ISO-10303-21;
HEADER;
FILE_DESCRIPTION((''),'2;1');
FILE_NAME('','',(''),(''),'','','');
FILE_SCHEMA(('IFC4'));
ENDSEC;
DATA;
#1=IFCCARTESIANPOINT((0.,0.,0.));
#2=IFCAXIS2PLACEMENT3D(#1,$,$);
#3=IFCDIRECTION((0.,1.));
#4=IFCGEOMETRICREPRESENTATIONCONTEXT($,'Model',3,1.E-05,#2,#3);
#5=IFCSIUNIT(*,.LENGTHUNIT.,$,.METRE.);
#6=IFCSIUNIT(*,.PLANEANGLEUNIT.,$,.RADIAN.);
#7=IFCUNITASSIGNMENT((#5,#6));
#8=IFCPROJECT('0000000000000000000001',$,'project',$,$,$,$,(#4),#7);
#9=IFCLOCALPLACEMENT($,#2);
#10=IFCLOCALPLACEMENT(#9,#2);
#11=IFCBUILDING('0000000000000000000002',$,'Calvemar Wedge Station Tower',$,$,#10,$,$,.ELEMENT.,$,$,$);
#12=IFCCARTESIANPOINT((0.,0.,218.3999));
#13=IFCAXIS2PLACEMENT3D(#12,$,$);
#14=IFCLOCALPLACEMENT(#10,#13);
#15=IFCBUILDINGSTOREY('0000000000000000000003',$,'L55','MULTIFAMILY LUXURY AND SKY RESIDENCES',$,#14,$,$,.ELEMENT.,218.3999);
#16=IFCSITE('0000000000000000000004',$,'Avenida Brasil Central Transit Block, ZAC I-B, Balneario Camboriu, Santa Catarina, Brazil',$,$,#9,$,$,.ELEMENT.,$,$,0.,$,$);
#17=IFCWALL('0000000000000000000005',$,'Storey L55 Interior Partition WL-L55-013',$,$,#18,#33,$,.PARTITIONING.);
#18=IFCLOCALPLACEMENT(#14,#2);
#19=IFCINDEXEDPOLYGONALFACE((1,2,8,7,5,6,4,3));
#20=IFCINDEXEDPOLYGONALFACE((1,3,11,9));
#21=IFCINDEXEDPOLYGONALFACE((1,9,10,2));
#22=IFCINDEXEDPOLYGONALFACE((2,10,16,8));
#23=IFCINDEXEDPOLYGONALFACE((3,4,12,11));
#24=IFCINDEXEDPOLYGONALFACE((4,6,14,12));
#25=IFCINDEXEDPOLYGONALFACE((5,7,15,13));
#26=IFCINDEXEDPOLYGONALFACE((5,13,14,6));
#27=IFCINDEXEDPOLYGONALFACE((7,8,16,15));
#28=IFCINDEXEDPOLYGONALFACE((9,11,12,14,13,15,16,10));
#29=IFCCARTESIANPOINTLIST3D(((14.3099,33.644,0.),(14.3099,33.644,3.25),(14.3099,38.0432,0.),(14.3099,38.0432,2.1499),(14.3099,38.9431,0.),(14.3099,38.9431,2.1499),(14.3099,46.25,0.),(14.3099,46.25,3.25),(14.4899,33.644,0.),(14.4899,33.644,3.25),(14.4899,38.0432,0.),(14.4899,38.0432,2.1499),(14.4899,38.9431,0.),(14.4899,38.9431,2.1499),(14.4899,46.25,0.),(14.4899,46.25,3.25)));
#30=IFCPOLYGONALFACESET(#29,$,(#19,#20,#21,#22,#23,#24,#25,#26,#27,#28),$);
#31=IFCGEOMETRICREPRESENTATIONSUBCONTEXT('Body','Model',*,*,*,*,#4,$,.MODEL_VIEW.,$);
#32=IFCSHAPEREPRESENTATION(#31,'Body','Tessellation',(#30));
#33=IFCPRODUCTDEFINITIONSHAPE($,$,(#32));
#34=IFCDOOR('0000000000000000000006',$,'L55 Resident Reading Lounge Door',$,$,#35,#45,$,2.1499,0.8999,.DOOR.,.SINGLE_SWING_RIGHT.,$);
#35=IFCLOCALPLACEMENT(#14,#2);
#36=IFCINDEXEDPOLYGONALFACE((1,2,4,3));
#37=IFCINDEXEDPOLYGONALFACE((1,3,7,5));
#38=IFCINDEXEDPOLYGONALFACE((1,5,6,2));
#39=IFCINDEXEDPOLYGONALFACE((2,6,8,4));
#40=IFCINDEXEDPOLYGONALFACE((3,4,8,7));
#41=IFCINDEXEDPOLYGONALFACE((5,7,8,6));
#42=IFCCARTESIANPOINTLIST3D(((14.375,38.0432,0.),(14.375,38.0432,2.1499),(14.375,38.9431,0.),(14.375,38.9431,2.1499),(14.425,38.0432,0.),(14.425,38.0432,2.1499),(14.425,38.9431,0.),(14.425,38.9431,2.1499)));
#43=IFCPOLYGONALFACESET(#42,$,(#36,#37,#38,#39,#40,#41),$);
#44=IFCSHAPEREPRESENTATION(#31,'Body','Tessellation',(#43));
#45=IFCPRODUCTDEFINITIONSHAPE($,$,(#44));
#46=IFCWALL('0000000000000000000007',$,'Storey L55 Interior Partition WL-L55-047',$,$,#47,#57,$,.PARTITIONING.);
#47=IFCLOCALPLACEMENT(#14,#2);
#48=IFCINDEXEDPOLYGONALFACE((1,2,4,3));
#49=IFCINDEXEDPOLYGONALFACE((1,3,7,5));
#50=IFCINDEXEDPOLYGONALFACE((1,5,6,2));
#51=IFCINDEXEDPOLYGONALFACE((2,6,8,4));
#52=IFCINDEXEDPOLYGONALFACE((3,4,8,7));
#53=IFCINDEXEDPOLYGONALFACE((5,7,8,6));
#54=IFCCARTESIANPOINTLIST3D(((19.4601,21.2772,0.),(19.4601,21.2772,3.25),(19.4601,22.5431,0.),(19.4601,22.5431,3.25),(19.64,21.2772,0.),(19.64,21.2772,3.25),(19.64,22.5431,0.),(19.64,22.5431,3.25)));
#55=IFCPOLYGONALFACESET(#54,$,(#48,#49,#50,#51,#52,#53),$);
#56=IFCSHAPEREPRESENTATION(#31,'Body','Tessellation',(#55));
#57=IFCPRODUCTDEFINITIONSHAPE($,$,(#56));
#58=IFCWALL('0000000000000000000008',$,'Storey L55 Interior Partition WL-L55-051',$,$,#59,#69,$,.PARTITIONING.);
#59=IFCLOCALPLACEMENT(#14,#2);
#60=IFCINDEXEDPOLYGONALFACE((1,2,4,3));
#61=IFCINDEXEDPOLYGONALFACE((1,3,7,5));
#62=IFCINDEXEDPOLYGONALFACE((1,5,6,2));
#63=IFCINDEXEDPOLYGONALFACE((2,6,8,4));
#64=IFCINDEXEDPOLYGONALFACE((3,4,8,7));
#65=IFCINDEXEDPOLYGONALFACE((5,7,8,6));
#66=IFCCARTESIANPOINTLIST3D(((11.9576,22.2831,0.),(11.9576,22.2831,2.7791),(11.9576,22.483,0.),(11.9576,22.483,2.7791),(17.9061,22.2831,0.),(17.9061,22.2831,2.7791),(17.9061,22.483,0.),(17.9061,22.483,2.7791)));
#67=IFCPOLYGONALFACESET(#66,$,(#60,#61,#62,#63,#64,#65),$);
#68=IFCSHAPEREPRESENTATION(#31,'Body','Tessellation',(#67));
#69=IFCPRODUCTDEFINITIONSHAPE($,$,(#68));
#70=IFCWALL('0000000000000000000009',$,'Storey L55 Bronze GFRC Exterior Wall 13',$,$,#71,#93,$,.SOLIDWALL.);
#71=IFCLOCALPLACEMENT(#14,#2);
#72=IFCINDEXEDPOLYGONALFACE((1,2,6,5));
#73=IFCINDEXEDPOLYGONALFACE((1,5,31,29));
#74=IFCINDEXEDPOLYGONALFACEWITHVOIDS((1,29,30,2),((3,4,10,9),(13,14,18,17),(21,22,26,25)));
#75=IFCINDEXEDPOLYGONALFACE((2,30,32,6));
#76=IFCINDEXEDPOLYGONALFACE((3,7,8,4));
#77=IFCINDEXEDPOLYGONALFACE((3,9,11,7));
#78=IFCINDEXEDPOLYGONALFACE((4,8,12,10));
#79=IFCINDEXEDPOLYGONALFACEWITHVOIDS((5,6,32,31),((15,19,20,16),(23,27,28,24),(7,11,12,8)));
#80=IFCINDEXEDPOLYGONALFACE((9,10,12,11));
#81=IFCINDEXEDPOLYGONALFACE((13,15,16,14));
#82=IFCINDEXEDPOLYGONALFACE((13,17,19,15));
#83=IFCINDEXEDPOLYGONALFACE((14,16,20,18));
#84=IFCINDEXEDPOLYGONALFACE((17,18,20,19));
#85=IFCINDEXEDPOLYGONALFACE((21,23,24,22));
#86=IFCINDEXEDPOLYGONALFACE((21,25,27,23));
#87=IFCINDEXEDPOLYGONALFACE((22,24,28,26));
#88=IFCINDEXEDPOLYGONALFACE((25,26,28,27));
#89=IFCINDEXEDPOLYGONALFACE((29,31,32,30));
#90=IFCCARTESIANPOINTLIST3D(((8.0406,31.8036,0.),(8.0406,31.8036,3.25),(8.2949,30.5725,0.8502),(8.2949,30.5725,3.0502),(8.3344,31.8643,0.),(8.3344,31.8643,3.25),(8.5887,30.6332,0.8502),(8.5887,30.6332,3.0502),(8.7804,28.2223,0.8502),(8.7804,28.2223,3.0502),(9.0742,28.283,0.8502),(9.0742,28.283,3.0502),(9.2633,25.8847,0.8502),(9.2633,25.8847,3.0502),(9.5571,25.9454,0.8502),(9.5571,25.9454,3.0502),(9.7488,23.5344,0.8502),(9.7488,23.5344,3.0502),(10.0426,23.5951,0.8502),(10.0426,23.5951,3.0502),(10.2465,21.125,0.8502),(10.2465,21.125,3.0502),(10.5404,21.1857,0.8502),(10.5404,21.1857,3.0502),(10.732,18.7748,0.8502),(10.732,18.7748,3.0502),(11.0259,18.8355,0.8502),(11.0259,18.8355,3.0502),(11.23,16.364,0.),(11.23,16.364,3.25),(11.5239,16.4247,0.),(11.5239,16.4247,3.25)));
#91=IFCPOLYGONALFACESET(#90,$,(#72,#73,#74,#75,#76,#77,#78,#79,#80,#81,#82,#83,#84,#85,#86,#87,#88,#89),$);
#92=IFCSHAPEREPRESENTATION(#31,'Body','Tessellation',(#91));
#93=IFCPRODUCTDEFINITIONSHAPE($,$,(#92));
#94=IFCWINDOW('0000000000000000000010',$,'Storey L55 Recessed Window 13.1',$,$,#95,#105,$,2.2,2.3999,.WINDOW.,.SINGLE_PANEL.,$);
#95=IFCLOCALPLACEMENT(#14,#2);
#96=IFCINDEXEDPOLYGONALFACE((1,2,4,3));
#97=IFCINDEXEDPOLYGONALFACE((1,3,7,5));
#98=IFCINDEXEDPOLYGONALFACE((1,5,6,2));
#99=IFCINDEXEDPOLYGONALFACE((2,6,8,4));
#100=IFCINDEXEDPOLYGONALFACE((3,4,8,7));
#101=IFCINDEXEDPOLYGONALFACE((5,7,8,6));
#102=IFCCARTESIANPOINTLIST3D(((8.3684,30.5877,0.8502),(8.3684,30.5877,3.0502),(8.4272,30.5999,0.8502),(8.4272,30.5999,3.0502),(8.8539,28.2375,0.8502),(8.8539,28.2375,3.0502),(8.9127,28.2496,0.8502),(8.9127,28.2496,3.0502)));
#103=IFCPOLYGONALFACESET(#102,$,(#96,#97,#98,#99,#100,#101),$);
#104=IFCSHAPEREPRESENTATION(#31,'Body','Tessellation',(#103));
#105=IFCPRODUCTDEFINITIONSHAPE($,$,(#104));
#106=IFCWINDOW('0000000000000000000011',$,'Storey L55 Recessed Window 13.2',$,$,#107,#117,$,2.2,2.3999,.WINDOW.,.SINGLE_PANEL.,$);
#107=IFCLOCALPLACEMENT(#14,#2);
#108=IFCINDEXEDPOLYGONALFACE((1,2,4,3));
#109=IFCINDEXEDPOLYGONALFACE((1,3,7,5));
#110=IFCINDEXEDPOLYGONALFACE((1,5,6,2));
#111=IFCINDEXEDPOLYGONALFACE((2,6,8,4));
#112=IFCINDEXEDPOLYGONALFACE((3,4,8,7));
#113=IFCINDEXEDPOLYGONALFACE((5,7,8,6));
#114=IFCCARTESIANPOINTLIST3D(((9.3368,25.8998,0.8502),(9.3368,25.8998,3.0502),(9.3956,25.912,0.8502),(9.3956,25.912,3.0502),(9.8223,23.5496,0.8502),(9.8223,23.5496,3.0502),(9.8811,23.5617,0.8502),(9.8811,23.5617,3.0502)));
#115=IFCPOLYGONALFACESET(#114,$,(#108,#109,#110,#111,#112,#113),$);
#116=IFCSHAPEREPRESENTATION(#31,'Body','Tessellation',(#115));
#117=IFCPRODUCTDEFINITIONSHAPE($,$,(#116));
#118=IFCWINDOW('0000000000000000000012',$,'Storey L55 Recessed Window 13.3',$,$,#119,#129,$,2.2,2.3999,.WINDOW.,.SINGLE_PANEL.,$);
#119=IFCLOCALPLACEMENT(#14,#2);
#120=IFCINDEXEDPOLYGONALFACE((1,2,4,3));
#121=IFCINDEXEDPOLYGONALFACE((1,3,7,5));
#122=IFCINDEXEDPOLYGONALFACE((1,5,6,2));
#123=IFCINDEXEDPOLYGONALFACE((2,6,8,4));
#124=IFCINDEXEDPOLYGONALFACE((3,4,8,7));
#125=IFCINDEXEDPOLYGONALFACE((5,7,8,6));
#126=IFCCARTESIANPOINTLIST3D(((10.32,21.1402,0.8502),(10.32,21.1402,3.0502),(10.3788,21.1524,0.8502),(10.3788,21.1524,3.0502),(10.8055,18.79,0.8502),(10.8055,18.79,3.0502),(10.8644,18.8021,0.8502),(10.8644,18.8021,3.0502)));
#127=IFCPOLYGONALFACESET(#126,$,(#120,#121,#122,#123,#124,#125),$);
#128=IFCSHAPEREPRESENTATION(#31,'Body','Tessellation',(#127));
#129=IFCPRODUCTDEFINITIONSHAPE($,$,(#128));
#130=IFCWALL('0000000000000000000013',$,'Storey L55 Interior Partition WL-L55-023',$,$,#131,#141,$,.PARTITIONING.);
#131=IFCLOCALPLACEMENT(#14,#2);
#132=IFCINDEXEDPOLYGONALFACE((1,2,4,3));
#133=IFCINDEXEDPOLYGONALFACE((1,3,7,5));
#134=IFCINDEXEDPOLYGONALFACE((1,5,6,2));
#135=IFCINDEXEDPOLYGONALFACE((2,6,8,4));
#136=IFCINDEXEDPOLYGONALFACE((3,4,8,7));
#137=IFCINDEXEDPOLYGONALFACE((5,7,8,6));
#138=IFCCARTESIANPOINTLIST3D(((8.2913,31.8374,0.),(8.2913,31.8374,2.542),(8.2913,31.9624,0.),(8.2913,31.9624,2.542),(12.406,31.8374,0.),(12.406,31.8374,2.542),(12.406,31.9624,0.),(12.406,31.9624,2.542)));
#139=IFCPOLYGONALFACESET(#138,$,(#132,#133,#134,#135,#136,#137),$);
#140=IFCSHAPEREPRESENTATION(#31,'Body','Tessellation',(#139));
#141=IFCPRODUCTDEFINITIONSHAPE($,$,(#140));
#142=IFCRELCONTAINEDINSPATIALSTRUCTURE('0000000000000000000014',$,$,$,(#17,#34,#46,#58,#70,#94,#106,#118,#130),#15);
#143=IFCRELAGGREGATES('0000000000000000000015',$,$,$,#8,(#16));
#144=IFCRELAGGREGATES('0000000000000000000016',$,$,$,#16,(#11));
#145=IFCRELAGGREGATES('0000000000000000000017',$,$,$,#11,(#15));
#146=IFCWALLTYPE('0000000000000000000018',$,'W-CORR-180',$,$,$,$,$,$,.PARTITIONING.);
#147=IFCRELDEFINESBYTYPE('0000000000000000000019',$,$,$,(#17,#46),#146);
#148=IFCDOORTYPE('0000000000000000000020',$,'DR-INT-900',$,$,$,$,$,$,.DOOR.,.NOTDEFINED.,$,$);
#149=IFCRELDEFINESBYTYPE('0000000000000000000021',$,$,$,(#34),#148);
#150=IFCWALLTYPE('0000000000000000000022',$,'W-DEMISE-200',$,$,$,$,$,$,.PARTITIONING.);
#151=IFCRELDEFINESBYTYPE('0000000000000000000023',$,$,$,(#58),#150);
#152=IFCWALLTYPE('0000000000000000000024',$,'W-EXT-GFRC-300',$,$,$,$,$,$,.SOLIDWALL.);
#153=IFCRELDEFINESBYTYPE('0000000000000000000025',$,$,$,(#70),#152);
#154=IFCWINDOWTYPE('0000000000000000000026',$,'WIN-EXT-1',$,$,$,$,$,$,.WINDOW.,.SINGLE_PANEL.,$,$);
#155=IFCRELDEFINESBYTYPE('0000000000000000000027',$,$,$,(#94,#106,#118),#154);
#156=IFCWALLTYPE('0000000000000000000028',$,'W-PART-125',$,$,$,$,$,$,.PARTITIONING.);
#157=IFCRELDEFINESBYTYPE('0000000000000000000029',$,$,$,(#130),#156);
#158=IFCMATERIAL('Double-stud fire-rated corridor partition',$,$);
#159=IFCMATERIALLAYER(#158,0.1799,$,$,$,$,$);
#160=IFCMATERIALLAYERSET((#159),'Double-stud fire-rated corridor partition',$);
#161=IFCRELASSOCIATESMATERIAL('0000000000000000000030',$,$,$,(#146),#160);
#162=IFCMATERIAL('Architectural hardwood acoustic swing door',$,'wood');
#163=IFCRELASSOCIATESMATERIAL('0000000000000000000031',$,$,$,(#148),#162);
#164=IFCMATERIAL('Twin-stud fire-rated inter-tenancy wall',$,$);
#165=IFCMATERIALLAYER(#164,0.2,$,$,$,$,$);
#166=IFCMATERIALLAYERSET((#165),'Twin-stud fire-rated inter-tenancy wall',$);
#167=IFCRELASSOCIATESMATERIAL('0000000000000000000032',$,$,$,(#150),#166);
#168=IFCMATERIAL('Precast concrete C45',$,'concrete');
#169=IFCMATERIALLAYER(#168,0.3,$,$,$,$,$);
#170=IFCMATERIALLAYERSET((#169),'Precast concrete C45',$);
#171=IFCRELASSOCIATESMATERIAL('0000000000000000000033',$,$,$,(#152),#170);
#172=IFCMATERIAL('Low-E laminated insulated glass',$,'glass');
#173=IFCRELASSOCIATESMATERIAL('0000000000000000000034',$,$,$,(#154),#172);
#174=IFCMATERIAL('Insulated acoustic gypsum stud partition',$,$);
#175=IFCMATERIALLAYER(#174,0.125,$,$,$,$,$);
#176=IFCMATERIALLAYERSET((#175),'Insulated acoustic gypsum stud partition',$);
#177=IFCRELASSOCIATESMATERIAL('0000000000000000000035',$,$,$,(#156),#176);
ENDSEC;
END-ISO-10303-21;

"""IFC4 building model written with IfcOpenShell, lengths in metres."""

from ifc_helpers import new_model, si_unit, direction, frame, frame_2d, origin, place, context, subcontext, project, spatial, rectangle, extrude, source, transform, mapped, material, layer, layer_set, type_object, element, fill, save


model = new_model("IFC4")

# Units and contexts
model_context = context("Model", 3, precision=1e-05, world=origin(), true_north=direction((0.0, 1.0)))
body_context = subcontext(model_context, "Body", "Model", "MODEL_VIEW")
ifc_project = project(units=[si_unit("LENGTHUNIT", "METRE"), si_unit("PLANEANGLEUNIT", "RADIAN")], contexts=[model_context])

# Site, building, storey
site_placement = place(None, origin())
site = spatial("IfcSite", under=ifc_project, at=site_placement, Name="Avenida Brasil Central Transit Block, ZAC I-B, Balneario Camboriu, Santa Catarina, Brazil", CompositionType="ELEMENT", RefElevation=0.0)
building_placement = place(site_placement, origin())
building = spatial("IfcBuilding", under=site, at=building_placement, Name="Calvemar Wedge Station Tower", CompositionType="ELEMENT")
storey_placement = place(building_placement, frame((0.0, 0.0, 218.3999)))
storey = spatial("IfcBuildingStorey", under=building, at=storey_placement, Name="L55", Description="MULTIFAMILY LUXURY AND SKY RESIDENCES", CompositionType="ELEMENT", Elevation=218.3999)

# Shared definitions
ifc_material_1 = material(Name="Double-stud fire-rated corridor partition")
ifc_layer_1 = layer(ifc_material_1, 0.1799)
ifc_layer_set_1 = layer_set([ifc_layer_1], Name="Double-stud fire-rated corridor partition")
wall_type_1 = type_object("IfcWallType", Name="W-CORR-180", PredefinedType="PARTITIONING", material=ifc_layer_set_1)

# Wall, opening, door
wall_1_placement = place(storey_placement, frame((14.3999, 33.644, 0.0), z_axis=(0.0, 0.0, 1.0), x_axis=(0.0, 1.0, 0.0)))
wall_1 = element("IfcWall", 1, at=wall_1_placement, inside=storey, type_object=wall_type_1, Name="Storey L55 Interior Partition WL-L55-013", PredefinedType="PARTITIONING", context=body_context, shape_type="SweptSolid", body=[
    extrude(rectangle(XDim=12.606, YDim=0.1799, at=frame_2d((6.303, 0.0))), origin(), (0.0, 0.0, 1.0), 3.25),
])
shared_shape_1 = source(origin(), body_context, "Body", "SweptSolid", [
    extrude(rectangle(XDim=0.8999, YDim=2.1499, at=frame_2d((0.45, 1.075))), frame((0.0, 0.1001, 0.0), z_axis=(0.0, -1.0, 0.0), x_axis=(1.0, 0.0, 0.0)), (0.0, 0.0, 1.0), 0.2),
])
opening_1_placement = place(wall_1_placement, frame((4.3992, 0.0, 0.0)))
opening_1 = element("IfcOpeningElement", 2, at=opening_1_placement, cuts=wall_1, PredefinedType="OPENING", context=body_context, shape_type="MappedRepresentation", body=[
    mapped(shared_shape_1, transform((0.0, 0.0, 0.0), scale=1.0)),
])
ifc_material_2 = material(Name="Architectural hardwood acoustic swing door", Category="wood")
door_type_1 = type_object("IfcDoorType", Name="DR-INT-900", OperationType="NOTDEFINED", PredefinedType="DOOR", material=ifc_material_2)
shared_shape_2 = source(origin(), body_context, "Body", "SweptSolid", [
    extrude(rectangle(XDim=0.8999, YDim=2.1499, at=frame_2d((0.45, 1.075))), frame((0.0, 0.0249, 0.0), z_axis=(0.0, -1.0, 0.0), x_axis=(1.0, 0.0, 0.0)), (0.0, 0.0, 1.0), 0.05),
])
door_1_placement = place(opening_1_placement, origin())
door_1 = element("IfcDoor", 3, at=door_1_placement, inside=storey, type_object=door_type_1, Name="L55 Resident Reading Lounge Door", OperationType="SINGLE_SWING_RIGHT", OverallHeight=2.1499, OverallWidth=0.8999, PredefinedType="DOOR", context=body_context, shape_type="MappedRepresentation", body=[
    mapped(shared_shape_2, transform((0.0, 0.0, 0.0), scale=1.0)),
])
fill(opening_1, door_1)

# Walls
wall_2_placement = place(storey_placement, frame((19.55, 22.543, 0.0), z_axis=(0.0, 0.0, 1.0), x_axis=(0.0, -1.0, 0.0)))
element("IfcWall", 4, at=wall_2_placement, inside=storey, type_object=wall_type_1, Name="Storey L55 Interior Partition WL-L55-047", PredefinedType="PARTITIONING", context=body_context, shape_type="SweptSolid", body=[
    extrude(rectangle(XDim=1.2659, YDim=0.1799, at=frame_2d((0.6328, 0.0))), origin(), (0.0, 0.0, 1.0), 3.25),
])
ifc_material_3 = material(Name="Twin-stud fire-rated inter-tenancy wall")
ifc_layer_2 = layer(ifc_material_3, 0.2)
ifc_layer_set_2 = layer_set([ifc_layer_2], Name="Twin-stud fire-rated inter-tenancy wall")
wall_type_2 = type_object("IfcWallType", Name="W-DEMISE-200", PredefinedType="PARTITIONING", material=ifc_layer_set_2)
wall_3_placement = place(storey_placement, frame((17.906, 22.3831, 0.0), z_axis=(0.0, 0.0, 1.0), x_axis=(-1.0, 0.0, 0.0)))
element("IfcWall", 5, at=wall_3_placement, inside=storey, type_object=wall_type_2, Name="Storey L55 Interior Partition WL-L55-051", PredefinedType="PARTITIONING", context=body_context, shape_type="SweptSolid", body=[
    extrude(rectangle(XDim=5.9485, YDim=0.2, at=frame_2d((2.9741, 0.0))), origin(), (0.0, 0.0, 1.0), 2.7791),
])

# Wall, openings, windows
ifc_material_4 = material(Name="Precast concrete C45", Category="concrete")
ifc_layer_3 = layer(ifc_material_4, 0.3)
ifc_layer_set_3 = layer_set([ifc_layer_3], Name="Precast concrete C45")
wall_type_3 = type_object("IfcWallType", Name="W-EXT-GFRC-300", PredefinedType="SOLIDWALL", material=ifc_layer_set_3)
wall_4_placement = place(storey_placement, frame((8.1875, 31.834, 0.0), z_axis=(0.0, 0.0, 1.0), x_axis=(0.202303, -0.979323, 0.0)))
wall_4 = element("IfcWall", 6, at=wall_4_placement, inside=storey, type_object=wall_type_3, Name="Storey L55 Bronze GFRC Exterior Wall 13", PredefinedType="SOLIDWALL", context=body_context, shape_type="SweptSolid", body=[
    extrude(rectangle(XDim=15.7656, YDim=0.3, at=frame_2d((7.8828, 0.0))), origin(), (0.0, 0.0, 1.0), 3.25),
])
shared_shape_3 = source(origin(), body_context, "Body", "SweptSolid", [
    extrude(rectangle(XDim=2.3999, YDim=2.2, at=frame_2d((1.2, 1.1001))), frame((0.0, 0.1602, 0.0), z_axis=(0.0, -1.0, 0.0), x_axis=(1.0, 0.0, 0.0)), (0.0, 0.0, 1.0), 0.3201),
])
opening_2_placement = place(wall_4_placement, frame((1.2571, 0.0, 0.8501)))
opening_2 = element("IfcOpeningElement", 7, at=opening_2_placement, cuts=wall_4, PredefinedType="OPENING", context=body_context, shape_type="MappedRepresentation", body=[
    mapped(shared_shape_3, transform((0.0, 0.0, 0.0), scale=1.0)),
])
opening_3_placement = place(wall_4_placement, frame((6.0439, 0.0, 0.8501)))
opening_3 = element("IfcOpeningElement", 8, at=opening_3_placement, cuts=wall_4, PredefinedType="OPENING", context=body_context, shape_type="MappedRepresentation", body=[
    mapped(shared_shape_3, transform((0.0, 0.0, 0.0), scale=1.0)),
])
opening_4_placement = place(wall_4_placement, frame((10.9041, 0.0, 0.8501)))
opening_4 = element("IfcOpeningElement", 9, at=opening_4_placement, cuts=wall_4, PredefinedType="OPENING", context=body_context, shape_type="MappedRepresentation", body=[
    mapped(shared_shape_3, transform((0.0, 0.0, 0.0), scale=1.0)),
])
ifc_material_5 = material(Name="Low-E laminated insulated glass", Category="glass")
window_type = type_object("IfcWindowType", Name="WIN-EXT-1", PartitioningType="SINGLE_PANEL", PredefinedType="WINDOW", material=ifc_material_5)
shared_shape_4 = source(origin(), body_context, "Body", "SweptSolid", [
    extrude(rectangle(XDim=2.3999, YDim=2.2, at=frame_2d((1.2, 1.1001))), frame((0.0, -0.0149, 0.0), z_axis=(0.0, -1.0, 0.0), x_axis=(1.0, 0.0, 0.0)), (0.0, 0.0, 1.0), 0.0601),
])
window_1_placement = place(opening_2_placement, origin())
window_1 = element("IfcWindow", 10, at=window_1_placement, inside=storey, type_object=window_type, Name="Storey L55 Recessed Window 13.1", OverallHeight=2.2, OverallWidth=2.3999, PartitioningType="SINGLE_PANEL", PredefinedType="WINDOW", context=body_context, shape_type="MappedRepresentation", body=[
    mapped(shared_shape_4, transform((0.0, 0.0, 0.0), scale=1.0)),
])
fill(opening_2, window_1)
window_2_placement = place(opening_3_placement, origin())
window_2 = element("IfcWindow", 11, at=window_2_placement, inside=storey, type_object=window_type, Name="Storey L55 Recessed Window 13.2", OverallHeight=2.2, OverallWidth=2.3999, PartitioningType="SINGLE_PANEL", PredefinedType="WINDOW", context=body_context, shape_type="MappedRepresentation", body=[
    mapped(shared_shape_4, transform((0.0, 0.0, 0.0), scale=1.0)),
])
fill(opening_3, window_2)
window_3_placement = place(opening_4_placement, origin())
window_3 = element("IfcWindow", 12, at=window_3_placement, inside=storey, type_object=window_type, Name="Storey L55 Recessed Window 13.3", OverallHeight=2.2, OverallWidth=2.3999, PartitioningType="SINGLE_PANEL", PredefinedType="WINDOW", context=body_context, shape_type="MappedRepresentation", body=[
    mapped(shared_shape_4, transform((0.0, 0.0, 0.0), scale=1.0)),
])
fill(opening_4, window_3)

# Wall
ifc_material_6 = material(Name="Insulated acoustic gypsum stud partition")
ifc_layer_4 = layer(ifc_material_6, 0.125)
ifc_layer_set_4 = layer_set([ifc_layer_4], Name="Insulated acoustic gypsum stud partition")
wall_type_4 = type_object("IfcWallType", Name="W-PART-125", PredefinedType="PARTITIONING", material=ifc_layer_set_4)
wall_5_placement = place(storey_placement, frame((12.406, 31.8999, 0.0), z_axis=(0.0, 0.0, 1.0), x_axis=(-1.0, 0.0, 0.0)))
element("IfcWall", 13, at=wall_5_placement, inside=storey, type_object=wall_type_4, Name="Storey L55 Interior Partition WL-L55-023", PredefinedType="PARTITIONING", context=body_context, shape_type="SweptSolid", body=[
    extrude(rectangle(XDim=4.1147, YDim=0.125, at=frame_2d((2.0574, 0.0))), origin(), (0.0, 0.0, 1.0), 2.542),
])

save(model, "model.ifc")
